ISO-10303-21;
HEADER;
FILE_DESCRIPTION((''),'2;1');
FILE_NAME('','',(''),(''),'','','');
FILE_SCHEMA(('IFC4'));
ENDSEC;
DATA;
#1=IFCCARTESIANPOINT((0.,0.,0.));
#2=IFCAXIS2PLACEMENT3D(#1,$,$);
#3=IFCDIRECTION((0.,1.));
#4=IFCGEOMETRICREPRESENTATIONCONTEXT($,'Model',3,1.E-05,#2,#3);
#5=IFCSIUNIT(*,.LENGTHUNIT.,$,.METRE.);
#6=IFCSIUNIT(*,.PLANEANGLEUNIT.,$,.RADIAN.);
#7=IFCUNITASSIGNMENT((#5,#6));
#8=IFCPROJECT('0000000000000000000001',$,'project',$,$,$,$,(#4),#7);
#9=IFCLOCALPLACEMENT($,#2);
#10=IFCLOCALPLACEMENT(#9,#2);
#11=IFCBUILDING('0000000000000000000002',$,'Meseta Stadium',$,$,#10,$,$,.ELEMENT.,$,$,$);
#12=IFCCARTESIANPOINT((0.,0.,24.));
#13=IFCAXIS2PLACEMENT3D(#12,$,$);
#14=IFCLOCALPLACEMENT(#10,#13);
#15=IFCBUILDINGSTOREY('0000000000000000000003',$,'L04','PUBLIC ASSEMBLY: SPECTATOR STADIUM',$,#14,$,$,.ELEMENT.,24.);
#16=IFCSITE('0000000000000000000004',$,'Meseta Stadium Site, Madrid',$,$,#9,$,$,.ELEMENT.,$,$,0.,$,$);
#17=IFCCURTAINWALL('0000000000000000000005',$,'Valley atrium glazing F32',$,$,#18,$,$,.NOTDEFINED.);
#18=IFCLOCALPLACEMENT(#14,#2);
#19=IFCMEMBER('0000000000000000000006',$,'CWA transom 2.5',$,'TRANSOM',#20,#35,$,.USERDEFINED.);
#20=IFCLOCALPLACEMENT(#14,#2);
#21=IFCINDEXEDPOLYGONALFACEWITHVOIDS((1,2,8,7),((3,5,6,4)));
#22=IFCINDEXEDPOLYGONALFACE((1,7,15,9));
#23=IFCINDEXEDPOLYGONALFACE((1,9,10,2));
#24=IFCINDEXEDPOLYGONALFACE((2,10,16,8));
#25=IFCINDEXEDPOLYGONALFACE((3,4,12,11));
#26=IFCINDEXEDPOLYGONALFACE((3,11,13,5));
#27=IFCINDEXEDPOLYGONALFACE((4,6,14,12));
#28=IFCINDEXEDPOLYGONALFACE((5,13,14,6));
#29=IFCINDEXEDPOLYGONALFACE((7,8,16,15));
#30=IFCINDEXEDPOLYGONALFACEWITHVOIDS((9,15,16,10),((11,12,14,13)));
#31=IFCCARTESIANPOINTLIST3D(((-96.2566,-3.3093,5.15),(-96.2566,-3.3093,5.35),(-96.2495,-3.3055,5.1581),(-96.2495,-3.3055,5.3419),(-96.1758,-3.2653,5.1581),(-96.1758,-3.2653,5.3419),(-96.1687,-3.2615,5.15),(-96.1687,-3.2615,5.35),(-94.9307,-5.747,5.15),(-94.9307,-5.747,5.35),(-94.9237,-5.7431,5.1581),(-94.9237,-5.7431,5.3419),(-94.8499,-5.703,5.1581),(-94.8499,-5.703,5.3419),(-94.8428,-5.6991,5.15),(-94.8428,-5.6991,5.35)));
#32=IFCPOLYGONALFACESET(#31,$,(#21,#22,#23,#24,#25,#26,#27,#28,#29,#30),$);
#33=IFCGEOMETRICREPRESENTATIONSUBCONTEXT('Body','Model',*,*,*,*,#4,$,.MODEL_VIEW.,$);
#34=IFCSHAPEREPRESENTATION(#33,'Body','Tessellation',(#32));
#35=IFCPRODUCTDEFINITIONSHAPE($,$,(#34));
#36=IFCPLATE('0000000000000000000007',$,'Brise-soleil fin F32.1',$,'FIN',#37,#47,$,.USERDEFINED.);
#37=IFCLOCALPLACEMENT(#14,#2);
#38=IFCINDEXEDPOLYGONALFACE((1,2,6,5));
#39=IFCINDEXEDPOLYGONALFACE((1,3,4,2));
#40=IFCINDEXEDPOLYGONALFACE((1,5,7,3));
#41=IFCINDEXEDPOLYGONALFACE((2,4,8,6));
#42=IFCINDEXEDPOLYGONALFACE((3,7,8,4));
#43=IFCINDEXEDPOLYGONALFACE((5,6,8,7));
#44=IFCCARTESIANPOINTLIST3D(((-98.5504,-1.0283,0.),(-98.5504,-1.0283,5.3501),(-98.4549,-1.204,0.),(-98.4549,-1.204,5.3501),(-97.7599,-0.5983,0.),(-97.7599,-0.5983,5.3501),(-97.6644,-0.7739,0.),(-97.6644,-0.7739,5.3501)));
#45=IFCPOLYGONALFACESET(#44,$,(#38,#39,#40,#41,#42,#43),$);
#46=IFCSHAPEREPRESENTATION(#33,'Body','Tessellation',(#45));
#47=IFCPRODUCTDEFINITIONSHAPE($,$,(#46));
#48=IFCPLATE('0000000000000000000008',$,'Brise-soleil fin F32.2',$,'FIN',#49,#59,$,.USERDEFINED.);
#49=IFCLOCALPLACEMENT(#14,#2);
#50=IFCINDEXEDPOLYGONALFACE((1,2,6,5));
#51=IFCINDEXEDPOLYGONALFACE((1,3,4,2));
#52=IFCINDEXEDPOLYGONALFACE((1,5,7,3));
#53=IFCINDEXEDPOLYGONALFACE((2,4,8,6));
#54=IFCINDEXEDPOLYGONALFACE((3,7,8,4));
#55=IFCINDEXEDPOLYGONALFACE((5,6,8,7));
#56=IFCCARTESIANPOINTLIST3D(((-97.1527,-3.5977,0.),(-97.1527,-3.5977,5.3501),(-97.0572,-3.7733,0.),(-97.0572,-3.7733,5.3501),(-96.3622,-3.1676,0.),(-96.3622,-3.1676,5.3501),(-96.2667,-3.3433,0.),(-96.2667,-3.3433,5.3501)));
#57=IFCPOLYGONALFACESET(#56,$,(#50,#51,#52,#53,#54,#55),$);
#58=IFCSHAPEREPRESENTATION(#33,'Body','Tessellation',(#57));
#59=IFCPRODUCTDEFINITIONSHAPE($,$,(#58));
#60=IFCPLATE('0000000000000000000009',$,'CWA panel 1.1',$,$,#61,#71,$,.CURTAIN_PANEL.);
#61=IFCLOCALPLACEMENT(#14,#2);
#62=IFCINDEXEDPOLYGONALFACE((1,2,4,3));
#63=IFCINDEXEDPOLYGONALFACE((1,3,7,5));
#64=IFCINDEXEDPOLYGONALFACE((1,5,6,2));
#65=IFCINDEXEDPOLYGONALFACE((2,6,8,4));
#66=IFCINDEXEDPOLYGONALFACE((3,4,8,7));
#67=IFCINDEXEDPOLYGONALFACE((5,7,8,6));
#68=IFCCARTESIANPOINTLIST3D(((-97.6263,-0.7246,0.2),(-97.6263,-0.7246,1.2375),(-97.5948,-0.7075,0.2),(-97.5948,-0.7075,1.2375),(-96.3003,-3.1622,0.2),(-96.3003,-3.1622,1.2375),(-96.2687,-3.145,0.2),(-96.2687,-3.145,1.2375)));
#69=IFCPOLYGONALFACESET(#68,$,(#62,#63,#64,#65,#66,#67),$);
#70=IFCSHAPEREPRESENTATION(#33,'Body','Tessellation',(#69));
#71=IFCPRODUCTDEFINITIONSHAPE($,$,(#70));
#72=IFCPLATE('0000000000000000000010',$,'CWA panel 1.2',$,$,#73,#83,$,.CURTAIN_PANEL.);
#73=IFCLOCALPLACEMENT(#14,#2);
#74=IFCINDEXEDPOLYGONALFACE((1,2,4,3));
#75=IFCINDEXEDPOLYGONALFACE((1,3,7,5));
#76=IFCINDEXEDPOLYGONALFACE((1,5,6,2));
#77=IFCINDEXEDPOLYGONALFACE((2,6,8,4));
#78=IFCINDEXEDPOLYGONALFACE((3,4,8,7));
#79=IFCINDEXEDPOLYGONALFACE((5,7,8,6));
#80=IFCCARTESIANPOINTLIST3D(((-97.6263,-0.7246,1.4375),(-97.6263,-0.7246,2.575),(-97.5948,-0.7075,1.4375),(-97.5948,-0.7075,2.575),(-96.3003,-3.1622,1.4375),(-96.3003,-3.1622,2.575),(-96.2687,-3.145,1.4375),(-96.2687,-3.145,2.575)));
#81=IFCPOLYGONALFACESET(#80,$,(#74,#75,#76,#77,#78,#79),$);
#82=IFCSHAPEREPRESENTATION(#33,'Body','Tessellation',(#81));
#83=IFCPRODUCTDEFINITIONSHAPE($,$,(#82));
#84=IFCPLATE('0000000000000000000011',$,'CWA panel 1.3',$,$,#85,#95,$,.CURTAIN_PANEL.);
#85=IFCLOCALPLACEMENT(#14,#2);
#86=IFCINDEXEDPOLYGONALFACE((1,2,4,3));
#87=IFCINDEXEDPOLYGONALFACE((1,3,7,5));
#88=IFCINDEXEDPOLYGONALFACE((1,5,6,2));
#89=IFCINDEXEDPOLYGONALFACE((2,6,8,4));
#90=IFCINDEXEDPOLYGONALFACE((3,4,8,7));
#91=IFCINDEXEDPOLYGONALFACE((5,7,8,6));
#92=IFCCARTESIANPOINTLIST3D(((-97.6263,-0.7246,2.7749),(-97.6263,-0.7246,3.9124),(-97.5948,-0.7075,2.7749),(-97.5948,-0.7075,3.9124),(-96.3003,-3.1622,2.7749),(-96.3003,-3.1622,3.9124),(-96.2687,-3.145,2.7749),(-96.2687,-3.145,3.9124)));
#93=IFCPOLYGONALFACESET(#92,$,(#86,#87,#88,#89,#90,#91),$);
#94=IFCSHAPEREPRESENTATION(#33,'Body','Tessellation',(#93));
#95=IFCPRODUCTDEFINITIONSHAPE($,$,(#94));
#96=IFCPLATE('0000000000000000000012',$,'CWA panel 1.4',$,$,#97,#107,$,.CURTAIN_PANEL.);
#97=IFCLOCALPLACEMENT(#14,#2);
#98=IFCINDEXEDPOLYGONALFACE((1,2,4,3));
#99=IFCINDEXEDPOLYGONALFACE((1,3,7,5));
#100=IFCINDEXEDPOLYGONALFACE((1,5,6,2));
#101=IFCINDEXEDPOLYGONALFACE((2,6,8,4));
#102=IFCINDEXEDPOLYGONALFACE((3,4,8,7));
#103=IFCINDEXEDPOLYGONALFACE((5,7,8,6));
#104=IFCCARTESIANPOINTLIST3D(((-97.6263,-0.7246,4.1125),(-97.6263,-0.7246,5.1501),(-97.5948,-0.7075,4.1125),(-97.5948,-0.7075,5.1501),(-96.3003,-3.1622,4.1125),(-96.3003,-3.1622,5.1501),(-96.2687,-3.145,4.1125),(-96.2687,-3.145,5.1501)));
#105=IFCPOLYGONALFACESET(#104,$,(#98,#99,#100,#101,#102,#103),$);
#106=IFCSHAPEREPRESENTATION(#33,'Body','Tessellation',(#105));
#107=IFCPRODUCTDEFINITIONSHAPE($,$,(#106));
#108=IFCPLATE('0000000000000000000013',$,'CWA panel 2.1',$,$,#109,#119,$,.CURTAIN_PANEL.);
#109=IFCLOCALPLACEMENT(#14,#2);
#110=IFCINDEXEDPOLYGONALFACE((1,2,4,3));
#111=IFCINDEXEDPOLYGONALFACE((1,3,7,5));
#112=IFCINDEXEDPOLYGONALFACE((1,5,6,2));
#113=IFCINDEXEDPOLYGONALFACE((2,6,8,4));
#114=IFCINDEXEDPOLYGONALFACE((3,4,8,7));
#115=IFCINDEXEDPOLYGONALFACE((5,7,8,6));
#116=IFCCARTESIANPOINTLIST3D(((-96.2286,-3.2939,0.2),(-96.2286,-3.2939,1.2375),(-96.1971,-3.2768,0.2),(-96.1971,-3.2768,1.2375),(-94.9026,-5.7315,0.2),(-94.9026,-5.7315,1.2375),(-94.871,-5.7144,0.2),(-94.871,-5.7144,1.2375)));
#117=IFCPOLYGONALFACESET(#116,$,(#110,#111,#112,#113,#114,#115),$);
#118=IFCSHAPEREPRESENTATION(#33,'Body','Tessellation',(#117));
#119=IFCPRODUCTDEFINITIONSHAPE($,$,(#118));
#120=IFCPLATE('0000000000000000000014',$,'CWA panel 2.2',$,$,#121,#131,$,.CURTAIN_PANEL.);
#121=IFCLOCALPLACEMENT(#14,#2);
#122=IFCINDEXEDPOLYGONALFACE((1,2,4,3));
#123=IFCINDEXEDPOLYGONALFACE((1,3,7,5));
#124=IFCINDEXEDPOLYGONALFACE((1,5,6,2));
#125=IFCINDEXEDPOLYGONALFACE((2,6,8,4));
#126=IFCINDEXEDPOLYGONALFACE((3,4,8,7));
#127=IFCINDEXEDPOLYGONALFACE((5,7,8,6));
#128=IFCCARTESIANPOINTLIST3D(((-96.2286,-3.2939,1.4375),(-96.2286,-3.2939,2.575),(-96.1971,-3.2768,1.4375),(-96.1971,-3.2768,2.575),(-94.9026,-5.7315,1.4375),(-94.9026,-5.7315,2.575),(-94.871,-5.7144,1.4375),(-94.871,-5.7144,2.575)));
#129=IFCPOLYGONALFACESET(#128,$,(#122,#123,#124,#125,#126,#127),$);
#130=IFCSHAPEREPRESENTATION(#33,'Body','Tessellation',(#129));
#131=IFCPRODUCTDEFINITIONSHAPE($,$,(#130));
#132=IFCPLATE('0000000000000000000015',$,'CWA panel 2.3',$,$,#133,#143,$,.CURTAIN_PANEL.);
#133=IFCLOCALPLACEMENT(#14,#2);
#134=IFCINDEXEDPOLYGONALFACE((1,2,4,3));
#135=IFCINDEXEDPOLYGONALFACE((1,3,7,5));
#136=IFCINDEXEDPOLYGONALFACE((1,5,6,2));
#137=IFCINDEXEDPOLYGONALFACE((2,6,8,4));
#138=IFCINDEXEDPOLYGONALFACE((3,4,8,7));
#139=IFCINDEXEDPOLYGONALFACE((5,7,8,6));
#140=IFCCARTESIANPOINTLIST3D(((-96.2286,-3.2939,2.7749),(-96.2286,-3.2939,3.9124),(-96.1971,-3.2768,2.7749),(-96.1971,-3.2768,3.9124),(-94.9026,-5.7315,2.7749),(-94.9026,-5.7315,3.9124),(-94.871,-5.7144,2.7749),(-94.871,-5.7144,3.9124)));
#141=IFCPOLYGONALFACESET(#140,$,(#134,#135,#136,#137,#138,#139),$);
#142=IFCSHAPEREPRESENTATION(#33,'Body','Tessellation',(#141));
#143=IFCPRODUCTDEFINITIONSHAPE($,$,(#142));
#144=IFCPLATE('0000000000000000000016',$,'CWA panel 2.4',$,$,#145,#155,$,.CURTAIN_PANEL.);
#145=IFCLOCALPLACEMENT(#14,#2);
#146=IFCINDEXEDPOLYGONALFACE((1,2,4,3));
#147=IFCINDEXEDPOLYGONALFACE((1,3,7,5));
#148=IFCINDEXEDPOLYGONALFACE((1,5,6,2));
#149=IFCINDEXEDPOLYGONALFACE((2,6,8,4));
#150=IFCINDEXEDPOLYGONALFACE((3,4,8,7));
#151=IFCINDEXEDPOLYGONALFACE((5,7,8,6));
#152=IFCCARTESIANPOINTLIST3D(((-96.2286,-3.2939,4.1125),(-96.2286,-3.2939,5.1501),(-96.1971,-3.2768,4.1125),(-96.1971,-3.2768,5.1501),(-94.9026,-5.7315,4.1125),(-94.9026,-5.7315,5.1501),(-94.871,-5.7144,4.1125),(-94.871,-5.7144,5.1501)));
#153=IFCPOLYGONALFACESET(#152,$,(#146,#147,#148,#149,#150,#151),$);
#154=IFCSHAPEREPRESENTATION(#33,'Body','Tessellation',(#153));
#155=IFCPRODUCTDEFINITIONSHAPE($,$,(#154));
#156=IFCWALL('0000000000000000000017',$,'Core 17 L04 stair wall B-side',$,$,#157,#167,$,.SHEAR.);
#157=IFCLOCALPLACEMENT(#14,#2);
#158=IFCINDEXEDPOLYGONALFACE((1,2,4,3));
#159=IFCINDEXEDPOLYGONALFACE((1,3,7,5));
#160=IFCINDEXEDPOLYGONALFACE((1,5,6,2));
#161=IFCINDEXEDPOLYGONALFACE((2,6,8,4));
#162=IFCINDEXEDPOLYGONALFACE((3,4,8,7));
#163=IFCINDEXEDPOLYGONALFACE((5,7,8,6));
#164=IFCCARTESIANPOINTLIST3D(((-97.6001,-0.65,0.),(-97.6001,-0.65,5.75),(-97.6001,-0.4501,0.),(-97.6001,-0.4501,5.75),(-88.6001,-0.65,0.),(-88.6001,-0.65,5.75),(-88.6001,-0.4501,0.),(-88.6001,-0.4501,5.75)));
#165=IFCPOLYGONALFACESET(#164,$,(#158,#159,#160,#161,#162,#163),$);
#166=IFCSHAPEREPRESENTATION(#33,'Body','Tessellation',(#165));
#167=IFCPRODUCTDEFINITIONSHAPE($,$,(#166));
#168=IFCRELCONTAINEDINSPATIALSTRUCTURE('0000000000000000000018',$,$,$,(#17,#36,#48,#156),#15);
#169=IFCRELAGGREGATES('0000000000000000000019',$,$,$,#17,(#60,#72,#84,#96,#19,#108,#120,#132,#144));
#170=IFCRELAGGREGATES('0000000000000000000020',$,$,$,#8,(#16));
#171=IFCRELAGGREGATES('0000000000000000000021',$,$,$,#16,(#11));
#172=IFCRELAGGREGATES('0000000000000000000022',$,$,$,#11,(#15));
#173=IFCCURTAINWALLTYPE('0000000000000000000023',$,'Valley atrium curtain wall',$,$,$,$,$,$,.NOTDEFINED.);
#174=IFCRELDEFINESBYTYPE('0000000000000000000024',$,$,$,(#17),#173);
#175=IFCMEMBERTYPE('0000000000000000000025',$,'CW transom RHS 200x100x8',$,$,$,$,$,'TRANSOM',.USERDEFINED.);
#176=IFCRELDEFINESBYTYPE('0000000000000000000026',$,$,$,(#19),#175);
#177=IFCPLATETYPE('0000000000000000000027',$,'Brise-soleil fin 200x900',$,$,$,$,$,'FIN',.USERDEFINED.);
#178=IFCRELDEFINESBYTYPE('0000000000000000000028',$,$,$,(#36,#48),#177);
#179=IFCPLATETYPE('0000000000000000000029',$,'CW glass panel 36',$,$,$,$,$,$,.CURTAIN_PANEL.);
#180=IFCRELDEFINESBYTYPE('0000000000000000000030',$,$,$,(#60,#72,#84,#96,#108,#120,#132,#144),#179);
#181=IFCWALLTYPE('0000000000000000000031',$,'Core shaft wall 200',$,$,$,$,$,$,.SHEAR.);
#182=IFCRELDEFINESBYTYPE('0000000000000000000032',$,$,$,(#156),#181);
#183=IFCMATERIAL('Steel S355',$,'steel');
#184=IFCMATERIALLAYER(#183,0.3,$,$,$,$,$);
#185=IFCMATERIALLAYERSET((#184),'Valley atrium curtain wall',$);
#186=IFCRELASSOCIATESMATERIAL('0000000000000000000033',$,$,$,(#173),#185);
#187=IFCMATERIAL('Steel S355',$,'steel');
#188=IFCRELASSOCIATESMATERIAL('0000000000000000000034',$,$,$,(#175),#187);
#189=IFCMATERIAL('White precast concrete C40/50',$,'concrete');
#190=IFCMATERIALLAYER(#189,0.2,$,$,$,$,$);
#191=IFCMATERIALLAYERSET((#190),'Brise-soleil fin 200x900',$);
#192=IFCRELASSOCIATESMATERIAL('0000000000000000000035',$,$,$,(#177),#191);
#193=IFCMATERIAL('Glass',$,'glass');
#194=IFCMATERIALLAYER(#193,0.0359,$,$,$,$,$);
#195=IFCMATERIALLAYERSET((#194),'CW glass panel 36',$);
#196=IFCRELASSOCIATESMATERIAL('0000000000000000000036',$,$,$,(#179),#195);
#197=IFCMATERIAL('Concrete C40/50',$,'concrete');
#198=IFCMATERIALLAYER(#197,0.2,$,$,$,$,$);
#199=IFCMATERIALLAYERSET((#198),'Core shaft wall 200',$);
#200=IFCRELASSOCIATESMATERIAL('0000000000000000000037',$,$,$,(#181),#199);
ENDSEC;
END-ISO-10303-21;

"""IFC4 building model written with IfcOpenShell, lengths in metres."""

from ifc_helpers import new_model, si_unit, direction, frame, frame_2d, origin, origin_2d, place, context, subcontext, project, spatial, rectangle, hollow_rectangle, extrude, material, layer, layer_set, material_profile, profile_set, type_object, element, aggregate, save


model = new_model("IFC4")

# Units and contexts
model_context = context("Model", 3, precision=1e-05, world=origin(), true_north=direction((0.0, 1.0)))
body_context = subcontext(model_context, "Body", "Model", "MODEL_VIEW")
ifc_project = project(units=[si_unit("LENGTHUNIT", "METRE"), si_unit("PLANEANGLEUNIT", "RADIAN")], contexts=[model_context])

# Site, building, storey
site_placement = place(None, origin())
site = spatial("IfcSite", under=ifc_project, at=site_placement, Name="Meseta Stadium Site, Madrid", CompositionType="ELEMENT", RefElevation=0.0)
building_placement = place(site_placement, origin())
building = spatial("IfcBuilding", under=site, at=building_placement, Name="Meseta Stadium", CompositionType="ELEMENT")
storey_placement = place(building_placement, frame((0.0, 0.0, 24.0)))
storey = spatial("IfcBuildingStorey", under=building, at=storey_placement, Name="L04", Description="PUBLIC ASSEMBLY: SPECTATOR STADIUM", CompositionType="ELEMENT", Elevation=24.0)

# Curtain wall, member
ifc_material_1 = material(Name="Steel S355", Category="steel")
ifc_layer_1 = layer(ifc_material_1, 0.3)
ifc_layer_set_1 = layer_set([ifc_layer_1], Name="Valley atrium curtain wall")
curtain_wall_type = type_object("IfcCurtainWallType", Name="Valley atrium curtain wall", PredefinedType="NOTDEFINED", material=ifc_layer_set_1)
curtain_wall_placement = place(storey_placement, origin())
curtain_wall = element("IfcCurtainWall", 1, at=curtain_wall_placement, inside=storey, type_object=curtain_wall_type, Name="Valley atrium glazing F32", PredefinedType="NOTDEFINED")
ifc_material_2 = material(Name="Steel S355", Category="steel")
ifc_material_profile_1 = material_profile(ifc_material_2, hollow_rectangle(XDim=0.1001, YDim=0.2, WallThickness=0.0081, at=origin_2d()), Name="RHS 200x100x8")
ifc_profile_set_1 = profile_set([ifc_material_profile_1], Name="Steel S355")
member_type_1 = type_object("IfcMemberType", Name="CW transom RHS 200x100x8", ElementType="TRANSOM", PredefinedType="USERDEFINED", material=ifc_profile_set_1)
member_1_placement = place(storey_placement, frame((-96.2126, -3.2854, 5.25), z_axis=(0.47781, -0.878463, 0.0), x_axis=(0.878463, 0.47781, 0.0)))
member_1 = element("IfcMember", 2, at=member_1_placement, type_object=member_type_1, Name="CWA transom 2.5", ObjectType="TRANSOM", PredefinedType="USERDEFINED", context=body_context, shape_type="SweptSolid", body=[
    extrude(hollow_rectangle(XDim=0.1001, YDim=0.2, WallThickness=0.0081, at=origin_2d()), origin(), (0.0, 0.0, 1.0), 2.7749),
])

# Plates
ifc_material_3 = material(Name="White precast concrete C40/50", Category="concrete")
ifc_layer_2 = layer(ifc_material_3, 0.2)
ifc_layer_set_2 = layer_set([ifc_layer_2], Name="Brise-soleil fin 200x900")
plate_type_1 = type_object("IfcPlateType", Name="Brise-soleil fin 200x900", ElementType="FIN", PredefinedType="USERDEFINED", material=ifc_layer_set_2)
for number, where, z_axis, x_axis, name in (
    (3, (-98.1074, -0.9011, 0.0), (0.0, 0.0, 1.0), (0.477867, -0.878432, 0.0), "Brise-soleil fin F32.1"),
    (4, (-96.7097, -3.4705, 0.0), (0.0, 0.0, 1.0), (0.477867, -0.878432, 0.0), "Brise-soleil fin F32.2"),
):
    element("IfcPlate", number, at=place(storey_placement, frame(where, z_axis=z_axis, x_axis=x_axis)), inside=storey, type_object=plate_type_1, Name=name, ObjectType="FIN", PredefinedType="USERDEFINED", context=body_context, shape_type="SweptSolid", body=[
        extrude(rectangle(XDim=0.2, YDim=0.8999, at=origin_2d()), origin(), (0.0, 0.0, 1.0), 5.3501),
    ])

# Plates
ifc_material_4 = material(Name="Glass", Category="glass")
ifc_layer_3 = layer(ifc_material_4, 0.0359)
ifc_layer_set_3 = layer_set([ifc_layer_3], Name="CW glass panel 36")
plate_type_2 = type_object("IfcPlateType", Name="CW glass panel 36", PredefinedType="CURTAIN_PANEL", material=ifc_layer_set_3)
plate_1_placement = place(storey_placement, frame((-96.9475, -1.9348, 0.2), z_axis=(0.0, 0.0, 1.0), x_axis=(0.477867, -0.878432, 0.0)))
plate_1 = element("IfcPlate", 5, at=plate_1_placement, type_object=plate_type_2, Name="CWA panel 1.1", PredefinedType="CURTAIN_PANEL", context=body_context, shape_type="SweptSolid", body=[
    extrude(rectangle(XDim=2.7749, YDim=0.0359, at=origin_2d()), origin(), (0.0, 0.0, 1.0), 1.0376),
])
plate_2_placement = place(storey_placement, frame((-96.9475, -1.9348, 1.4375), z_axis=(0.0, 0.0, 1.0), x_axis=(0.477867, -0.878432, 0.0)))
plate_2 = element("IfcPlate", 6, at=plate_2_placement, type_object=plate_type_2, Name="CWA panel 1.2", PredefinedType="CURTAIN_PANEL", context=body_context, shape_type="SweptSolid", body=[
    extrude(rectangle(XDim=2.7749, YDim=0.0359, at=origin_2d()), origin(), (0.0, 0.0, 1.0), 1.1375),
])
plate_3_placement = place(storey_placement, frame((-96.9475, -1.9348, 2.7749), z_axis=(0.0, 0.0, 1.0), x_axis=(0.477867, -0.878432, 0.0)))
plate_3 = element("IfcPlate", 7, at=plate_3_placement, type_object=plate_type_2, Name="CWA panel 1.3", PredefinedType="CURTAIN_PANEL", context=body_context, shape_type="SweptSolid", body=[
    extrude(rectangle(XDim=2.7749, YDim=0.0359, at=origin_2d()), origin(), (0.0, 0.0, 1.0), 1.1375),
])
plate_4_placement = place(storey_placement, frame((-96.9475, -1.9348, 4.1125), z_axis=(0.0, 0.0, 1.0), x_axis=(0.477867, -0.878432, 0.0)))
plate_4 = element("IfcPlate", 8, at=plate_4_placement, type_object=plate_type_2, Name="CWA panel 1.4", PredefinedType="CURTAIN_PANEL", context=body_context, shape_type="SweptSolid", body=[
    extrude(rectangle(XDim=2.7749, YDim=0.0359, at=origin_2d()), origin(), (0.0, 0.0, 1.0), 1.0376),
])
plate_5_placement = place(storey_placement, frame((-95.5498, -4.5042, 0.2), z_axis=(0.0, 0.0, 1.0), x_axis=(0.477867, -0.878432, 0.0)))
plate_5 = element("IfcPlate", 9, at=plate_5_placement, type_object=plate_type_2, Name="CWA panel 2.1", PredefinedType="CURTAIN_PANEL", context=body_context, shape_type="SweptSolid", body=[
    extrude(rectangle(XDim=2.7749, YDim=0.0359, at=origin_2d()), origin(), (0.0, 0.0, 1.0), 1.0376),
])
plate_6_placement = place(storey_placement, frame((-95.5498, -4.5042, 1.4375), z_axis=(0.0, 0.0, 1.0), x_axis=(0.477867, -0.878432, 0.0)))
plate_6 = element("IfcPlate", 10, at=plate_6_placement, type_object=plate_type_2, Name="CWA panel 2.2", PredefinedType="CURTAIN_PANEL", context=body_context, shape_type="SweptSolid", body=[
    extrude(rectangle(XDim=2.7749, YDim=0.0359, at=origin_2d()), origin(), (0.0, 0.0, 1.0), 1.1375),
])
plate_7_placement = place(storey_placement, frame((-95.5498, -4.5042, 2.7749), z_axis=(0.0, 0.0, 1.0), x_axis=(0.477867, -0.878432, 0.0)))
plate_7 = element("IfcPlate", 11, at=plate_7_placement, type_object=plate_type_2, Name="CWA panel 2.3", PredefinedType="CURTAIN_PANEL", context=body_context, shape_type="SweptSolid", body=[
    extrude(rectangle(XDim=2.7749, YDim=0.0359, at=origin_2d()), origin(), (0.0, 0.0, 1.0), 1.1375),
])
plate_8_placement = place(storey_placement, frame((-95.5498, -4.5042, 4.1125), z_axis=(0.0, 0.0, 1.0), x_axis=(0.477867, -0.878432, 0.0)))
plate_8 = element("IfcPlate", 12, at=plate_8_placement, type_object=plate_type_2, Name="CWA panel 2.4", PredefinedType="CURTAIN_PANEL", context=body_context, shape_type="SweptSolid", body=[
    extrude(rectangle(XDim=2.7749, YDim=0.0359, at=origin_2d()), origin(), (0.0, 0.0, 1.0), 1.0376),
])
aggregate(curtain_wall, [plate_1, plate_2, plate_3, plate_4, member_1, plate_5, plate_6, plate_7, plate_8])

# Wall
ifc_material_5 = material(Name="Concrete C40/50", Category="concrete")
ifc_layer_4 = layer(ifc_material_5, 0.2)
ifc_layer_set_4 = layer_set([ifc_layer_4], Name="Core shaft wall 200")
wall_type_1 = type_object("IfcWallType", Name="Core shaft wall 200", PredefinedType="SHEAR", material=ifc_layer_set_4)
wall_1_placement = place(storey_placement, frame((-97.6001, -0.55, 0.0), z_axis=(0.0, 0.0, 1.0), x_axis=(1.0, 0.0, 0.0)))
element("IfcWall", 13, at=wall_1_placement, inside=storey, type_object=wall_type_1, Name="Core 17 L04 stair wall B-side", PredefinedType="SHEAR", context=body_context, shape_type="SweptSolid", body=[
    extrude(rectangle(XDim=9.0, YDim=0.2, at=frame_2d((4.5, 0.0))), origin(), (0.0, 0.0, 1.0), 5.75),
])

save(model, "model.ifc")
